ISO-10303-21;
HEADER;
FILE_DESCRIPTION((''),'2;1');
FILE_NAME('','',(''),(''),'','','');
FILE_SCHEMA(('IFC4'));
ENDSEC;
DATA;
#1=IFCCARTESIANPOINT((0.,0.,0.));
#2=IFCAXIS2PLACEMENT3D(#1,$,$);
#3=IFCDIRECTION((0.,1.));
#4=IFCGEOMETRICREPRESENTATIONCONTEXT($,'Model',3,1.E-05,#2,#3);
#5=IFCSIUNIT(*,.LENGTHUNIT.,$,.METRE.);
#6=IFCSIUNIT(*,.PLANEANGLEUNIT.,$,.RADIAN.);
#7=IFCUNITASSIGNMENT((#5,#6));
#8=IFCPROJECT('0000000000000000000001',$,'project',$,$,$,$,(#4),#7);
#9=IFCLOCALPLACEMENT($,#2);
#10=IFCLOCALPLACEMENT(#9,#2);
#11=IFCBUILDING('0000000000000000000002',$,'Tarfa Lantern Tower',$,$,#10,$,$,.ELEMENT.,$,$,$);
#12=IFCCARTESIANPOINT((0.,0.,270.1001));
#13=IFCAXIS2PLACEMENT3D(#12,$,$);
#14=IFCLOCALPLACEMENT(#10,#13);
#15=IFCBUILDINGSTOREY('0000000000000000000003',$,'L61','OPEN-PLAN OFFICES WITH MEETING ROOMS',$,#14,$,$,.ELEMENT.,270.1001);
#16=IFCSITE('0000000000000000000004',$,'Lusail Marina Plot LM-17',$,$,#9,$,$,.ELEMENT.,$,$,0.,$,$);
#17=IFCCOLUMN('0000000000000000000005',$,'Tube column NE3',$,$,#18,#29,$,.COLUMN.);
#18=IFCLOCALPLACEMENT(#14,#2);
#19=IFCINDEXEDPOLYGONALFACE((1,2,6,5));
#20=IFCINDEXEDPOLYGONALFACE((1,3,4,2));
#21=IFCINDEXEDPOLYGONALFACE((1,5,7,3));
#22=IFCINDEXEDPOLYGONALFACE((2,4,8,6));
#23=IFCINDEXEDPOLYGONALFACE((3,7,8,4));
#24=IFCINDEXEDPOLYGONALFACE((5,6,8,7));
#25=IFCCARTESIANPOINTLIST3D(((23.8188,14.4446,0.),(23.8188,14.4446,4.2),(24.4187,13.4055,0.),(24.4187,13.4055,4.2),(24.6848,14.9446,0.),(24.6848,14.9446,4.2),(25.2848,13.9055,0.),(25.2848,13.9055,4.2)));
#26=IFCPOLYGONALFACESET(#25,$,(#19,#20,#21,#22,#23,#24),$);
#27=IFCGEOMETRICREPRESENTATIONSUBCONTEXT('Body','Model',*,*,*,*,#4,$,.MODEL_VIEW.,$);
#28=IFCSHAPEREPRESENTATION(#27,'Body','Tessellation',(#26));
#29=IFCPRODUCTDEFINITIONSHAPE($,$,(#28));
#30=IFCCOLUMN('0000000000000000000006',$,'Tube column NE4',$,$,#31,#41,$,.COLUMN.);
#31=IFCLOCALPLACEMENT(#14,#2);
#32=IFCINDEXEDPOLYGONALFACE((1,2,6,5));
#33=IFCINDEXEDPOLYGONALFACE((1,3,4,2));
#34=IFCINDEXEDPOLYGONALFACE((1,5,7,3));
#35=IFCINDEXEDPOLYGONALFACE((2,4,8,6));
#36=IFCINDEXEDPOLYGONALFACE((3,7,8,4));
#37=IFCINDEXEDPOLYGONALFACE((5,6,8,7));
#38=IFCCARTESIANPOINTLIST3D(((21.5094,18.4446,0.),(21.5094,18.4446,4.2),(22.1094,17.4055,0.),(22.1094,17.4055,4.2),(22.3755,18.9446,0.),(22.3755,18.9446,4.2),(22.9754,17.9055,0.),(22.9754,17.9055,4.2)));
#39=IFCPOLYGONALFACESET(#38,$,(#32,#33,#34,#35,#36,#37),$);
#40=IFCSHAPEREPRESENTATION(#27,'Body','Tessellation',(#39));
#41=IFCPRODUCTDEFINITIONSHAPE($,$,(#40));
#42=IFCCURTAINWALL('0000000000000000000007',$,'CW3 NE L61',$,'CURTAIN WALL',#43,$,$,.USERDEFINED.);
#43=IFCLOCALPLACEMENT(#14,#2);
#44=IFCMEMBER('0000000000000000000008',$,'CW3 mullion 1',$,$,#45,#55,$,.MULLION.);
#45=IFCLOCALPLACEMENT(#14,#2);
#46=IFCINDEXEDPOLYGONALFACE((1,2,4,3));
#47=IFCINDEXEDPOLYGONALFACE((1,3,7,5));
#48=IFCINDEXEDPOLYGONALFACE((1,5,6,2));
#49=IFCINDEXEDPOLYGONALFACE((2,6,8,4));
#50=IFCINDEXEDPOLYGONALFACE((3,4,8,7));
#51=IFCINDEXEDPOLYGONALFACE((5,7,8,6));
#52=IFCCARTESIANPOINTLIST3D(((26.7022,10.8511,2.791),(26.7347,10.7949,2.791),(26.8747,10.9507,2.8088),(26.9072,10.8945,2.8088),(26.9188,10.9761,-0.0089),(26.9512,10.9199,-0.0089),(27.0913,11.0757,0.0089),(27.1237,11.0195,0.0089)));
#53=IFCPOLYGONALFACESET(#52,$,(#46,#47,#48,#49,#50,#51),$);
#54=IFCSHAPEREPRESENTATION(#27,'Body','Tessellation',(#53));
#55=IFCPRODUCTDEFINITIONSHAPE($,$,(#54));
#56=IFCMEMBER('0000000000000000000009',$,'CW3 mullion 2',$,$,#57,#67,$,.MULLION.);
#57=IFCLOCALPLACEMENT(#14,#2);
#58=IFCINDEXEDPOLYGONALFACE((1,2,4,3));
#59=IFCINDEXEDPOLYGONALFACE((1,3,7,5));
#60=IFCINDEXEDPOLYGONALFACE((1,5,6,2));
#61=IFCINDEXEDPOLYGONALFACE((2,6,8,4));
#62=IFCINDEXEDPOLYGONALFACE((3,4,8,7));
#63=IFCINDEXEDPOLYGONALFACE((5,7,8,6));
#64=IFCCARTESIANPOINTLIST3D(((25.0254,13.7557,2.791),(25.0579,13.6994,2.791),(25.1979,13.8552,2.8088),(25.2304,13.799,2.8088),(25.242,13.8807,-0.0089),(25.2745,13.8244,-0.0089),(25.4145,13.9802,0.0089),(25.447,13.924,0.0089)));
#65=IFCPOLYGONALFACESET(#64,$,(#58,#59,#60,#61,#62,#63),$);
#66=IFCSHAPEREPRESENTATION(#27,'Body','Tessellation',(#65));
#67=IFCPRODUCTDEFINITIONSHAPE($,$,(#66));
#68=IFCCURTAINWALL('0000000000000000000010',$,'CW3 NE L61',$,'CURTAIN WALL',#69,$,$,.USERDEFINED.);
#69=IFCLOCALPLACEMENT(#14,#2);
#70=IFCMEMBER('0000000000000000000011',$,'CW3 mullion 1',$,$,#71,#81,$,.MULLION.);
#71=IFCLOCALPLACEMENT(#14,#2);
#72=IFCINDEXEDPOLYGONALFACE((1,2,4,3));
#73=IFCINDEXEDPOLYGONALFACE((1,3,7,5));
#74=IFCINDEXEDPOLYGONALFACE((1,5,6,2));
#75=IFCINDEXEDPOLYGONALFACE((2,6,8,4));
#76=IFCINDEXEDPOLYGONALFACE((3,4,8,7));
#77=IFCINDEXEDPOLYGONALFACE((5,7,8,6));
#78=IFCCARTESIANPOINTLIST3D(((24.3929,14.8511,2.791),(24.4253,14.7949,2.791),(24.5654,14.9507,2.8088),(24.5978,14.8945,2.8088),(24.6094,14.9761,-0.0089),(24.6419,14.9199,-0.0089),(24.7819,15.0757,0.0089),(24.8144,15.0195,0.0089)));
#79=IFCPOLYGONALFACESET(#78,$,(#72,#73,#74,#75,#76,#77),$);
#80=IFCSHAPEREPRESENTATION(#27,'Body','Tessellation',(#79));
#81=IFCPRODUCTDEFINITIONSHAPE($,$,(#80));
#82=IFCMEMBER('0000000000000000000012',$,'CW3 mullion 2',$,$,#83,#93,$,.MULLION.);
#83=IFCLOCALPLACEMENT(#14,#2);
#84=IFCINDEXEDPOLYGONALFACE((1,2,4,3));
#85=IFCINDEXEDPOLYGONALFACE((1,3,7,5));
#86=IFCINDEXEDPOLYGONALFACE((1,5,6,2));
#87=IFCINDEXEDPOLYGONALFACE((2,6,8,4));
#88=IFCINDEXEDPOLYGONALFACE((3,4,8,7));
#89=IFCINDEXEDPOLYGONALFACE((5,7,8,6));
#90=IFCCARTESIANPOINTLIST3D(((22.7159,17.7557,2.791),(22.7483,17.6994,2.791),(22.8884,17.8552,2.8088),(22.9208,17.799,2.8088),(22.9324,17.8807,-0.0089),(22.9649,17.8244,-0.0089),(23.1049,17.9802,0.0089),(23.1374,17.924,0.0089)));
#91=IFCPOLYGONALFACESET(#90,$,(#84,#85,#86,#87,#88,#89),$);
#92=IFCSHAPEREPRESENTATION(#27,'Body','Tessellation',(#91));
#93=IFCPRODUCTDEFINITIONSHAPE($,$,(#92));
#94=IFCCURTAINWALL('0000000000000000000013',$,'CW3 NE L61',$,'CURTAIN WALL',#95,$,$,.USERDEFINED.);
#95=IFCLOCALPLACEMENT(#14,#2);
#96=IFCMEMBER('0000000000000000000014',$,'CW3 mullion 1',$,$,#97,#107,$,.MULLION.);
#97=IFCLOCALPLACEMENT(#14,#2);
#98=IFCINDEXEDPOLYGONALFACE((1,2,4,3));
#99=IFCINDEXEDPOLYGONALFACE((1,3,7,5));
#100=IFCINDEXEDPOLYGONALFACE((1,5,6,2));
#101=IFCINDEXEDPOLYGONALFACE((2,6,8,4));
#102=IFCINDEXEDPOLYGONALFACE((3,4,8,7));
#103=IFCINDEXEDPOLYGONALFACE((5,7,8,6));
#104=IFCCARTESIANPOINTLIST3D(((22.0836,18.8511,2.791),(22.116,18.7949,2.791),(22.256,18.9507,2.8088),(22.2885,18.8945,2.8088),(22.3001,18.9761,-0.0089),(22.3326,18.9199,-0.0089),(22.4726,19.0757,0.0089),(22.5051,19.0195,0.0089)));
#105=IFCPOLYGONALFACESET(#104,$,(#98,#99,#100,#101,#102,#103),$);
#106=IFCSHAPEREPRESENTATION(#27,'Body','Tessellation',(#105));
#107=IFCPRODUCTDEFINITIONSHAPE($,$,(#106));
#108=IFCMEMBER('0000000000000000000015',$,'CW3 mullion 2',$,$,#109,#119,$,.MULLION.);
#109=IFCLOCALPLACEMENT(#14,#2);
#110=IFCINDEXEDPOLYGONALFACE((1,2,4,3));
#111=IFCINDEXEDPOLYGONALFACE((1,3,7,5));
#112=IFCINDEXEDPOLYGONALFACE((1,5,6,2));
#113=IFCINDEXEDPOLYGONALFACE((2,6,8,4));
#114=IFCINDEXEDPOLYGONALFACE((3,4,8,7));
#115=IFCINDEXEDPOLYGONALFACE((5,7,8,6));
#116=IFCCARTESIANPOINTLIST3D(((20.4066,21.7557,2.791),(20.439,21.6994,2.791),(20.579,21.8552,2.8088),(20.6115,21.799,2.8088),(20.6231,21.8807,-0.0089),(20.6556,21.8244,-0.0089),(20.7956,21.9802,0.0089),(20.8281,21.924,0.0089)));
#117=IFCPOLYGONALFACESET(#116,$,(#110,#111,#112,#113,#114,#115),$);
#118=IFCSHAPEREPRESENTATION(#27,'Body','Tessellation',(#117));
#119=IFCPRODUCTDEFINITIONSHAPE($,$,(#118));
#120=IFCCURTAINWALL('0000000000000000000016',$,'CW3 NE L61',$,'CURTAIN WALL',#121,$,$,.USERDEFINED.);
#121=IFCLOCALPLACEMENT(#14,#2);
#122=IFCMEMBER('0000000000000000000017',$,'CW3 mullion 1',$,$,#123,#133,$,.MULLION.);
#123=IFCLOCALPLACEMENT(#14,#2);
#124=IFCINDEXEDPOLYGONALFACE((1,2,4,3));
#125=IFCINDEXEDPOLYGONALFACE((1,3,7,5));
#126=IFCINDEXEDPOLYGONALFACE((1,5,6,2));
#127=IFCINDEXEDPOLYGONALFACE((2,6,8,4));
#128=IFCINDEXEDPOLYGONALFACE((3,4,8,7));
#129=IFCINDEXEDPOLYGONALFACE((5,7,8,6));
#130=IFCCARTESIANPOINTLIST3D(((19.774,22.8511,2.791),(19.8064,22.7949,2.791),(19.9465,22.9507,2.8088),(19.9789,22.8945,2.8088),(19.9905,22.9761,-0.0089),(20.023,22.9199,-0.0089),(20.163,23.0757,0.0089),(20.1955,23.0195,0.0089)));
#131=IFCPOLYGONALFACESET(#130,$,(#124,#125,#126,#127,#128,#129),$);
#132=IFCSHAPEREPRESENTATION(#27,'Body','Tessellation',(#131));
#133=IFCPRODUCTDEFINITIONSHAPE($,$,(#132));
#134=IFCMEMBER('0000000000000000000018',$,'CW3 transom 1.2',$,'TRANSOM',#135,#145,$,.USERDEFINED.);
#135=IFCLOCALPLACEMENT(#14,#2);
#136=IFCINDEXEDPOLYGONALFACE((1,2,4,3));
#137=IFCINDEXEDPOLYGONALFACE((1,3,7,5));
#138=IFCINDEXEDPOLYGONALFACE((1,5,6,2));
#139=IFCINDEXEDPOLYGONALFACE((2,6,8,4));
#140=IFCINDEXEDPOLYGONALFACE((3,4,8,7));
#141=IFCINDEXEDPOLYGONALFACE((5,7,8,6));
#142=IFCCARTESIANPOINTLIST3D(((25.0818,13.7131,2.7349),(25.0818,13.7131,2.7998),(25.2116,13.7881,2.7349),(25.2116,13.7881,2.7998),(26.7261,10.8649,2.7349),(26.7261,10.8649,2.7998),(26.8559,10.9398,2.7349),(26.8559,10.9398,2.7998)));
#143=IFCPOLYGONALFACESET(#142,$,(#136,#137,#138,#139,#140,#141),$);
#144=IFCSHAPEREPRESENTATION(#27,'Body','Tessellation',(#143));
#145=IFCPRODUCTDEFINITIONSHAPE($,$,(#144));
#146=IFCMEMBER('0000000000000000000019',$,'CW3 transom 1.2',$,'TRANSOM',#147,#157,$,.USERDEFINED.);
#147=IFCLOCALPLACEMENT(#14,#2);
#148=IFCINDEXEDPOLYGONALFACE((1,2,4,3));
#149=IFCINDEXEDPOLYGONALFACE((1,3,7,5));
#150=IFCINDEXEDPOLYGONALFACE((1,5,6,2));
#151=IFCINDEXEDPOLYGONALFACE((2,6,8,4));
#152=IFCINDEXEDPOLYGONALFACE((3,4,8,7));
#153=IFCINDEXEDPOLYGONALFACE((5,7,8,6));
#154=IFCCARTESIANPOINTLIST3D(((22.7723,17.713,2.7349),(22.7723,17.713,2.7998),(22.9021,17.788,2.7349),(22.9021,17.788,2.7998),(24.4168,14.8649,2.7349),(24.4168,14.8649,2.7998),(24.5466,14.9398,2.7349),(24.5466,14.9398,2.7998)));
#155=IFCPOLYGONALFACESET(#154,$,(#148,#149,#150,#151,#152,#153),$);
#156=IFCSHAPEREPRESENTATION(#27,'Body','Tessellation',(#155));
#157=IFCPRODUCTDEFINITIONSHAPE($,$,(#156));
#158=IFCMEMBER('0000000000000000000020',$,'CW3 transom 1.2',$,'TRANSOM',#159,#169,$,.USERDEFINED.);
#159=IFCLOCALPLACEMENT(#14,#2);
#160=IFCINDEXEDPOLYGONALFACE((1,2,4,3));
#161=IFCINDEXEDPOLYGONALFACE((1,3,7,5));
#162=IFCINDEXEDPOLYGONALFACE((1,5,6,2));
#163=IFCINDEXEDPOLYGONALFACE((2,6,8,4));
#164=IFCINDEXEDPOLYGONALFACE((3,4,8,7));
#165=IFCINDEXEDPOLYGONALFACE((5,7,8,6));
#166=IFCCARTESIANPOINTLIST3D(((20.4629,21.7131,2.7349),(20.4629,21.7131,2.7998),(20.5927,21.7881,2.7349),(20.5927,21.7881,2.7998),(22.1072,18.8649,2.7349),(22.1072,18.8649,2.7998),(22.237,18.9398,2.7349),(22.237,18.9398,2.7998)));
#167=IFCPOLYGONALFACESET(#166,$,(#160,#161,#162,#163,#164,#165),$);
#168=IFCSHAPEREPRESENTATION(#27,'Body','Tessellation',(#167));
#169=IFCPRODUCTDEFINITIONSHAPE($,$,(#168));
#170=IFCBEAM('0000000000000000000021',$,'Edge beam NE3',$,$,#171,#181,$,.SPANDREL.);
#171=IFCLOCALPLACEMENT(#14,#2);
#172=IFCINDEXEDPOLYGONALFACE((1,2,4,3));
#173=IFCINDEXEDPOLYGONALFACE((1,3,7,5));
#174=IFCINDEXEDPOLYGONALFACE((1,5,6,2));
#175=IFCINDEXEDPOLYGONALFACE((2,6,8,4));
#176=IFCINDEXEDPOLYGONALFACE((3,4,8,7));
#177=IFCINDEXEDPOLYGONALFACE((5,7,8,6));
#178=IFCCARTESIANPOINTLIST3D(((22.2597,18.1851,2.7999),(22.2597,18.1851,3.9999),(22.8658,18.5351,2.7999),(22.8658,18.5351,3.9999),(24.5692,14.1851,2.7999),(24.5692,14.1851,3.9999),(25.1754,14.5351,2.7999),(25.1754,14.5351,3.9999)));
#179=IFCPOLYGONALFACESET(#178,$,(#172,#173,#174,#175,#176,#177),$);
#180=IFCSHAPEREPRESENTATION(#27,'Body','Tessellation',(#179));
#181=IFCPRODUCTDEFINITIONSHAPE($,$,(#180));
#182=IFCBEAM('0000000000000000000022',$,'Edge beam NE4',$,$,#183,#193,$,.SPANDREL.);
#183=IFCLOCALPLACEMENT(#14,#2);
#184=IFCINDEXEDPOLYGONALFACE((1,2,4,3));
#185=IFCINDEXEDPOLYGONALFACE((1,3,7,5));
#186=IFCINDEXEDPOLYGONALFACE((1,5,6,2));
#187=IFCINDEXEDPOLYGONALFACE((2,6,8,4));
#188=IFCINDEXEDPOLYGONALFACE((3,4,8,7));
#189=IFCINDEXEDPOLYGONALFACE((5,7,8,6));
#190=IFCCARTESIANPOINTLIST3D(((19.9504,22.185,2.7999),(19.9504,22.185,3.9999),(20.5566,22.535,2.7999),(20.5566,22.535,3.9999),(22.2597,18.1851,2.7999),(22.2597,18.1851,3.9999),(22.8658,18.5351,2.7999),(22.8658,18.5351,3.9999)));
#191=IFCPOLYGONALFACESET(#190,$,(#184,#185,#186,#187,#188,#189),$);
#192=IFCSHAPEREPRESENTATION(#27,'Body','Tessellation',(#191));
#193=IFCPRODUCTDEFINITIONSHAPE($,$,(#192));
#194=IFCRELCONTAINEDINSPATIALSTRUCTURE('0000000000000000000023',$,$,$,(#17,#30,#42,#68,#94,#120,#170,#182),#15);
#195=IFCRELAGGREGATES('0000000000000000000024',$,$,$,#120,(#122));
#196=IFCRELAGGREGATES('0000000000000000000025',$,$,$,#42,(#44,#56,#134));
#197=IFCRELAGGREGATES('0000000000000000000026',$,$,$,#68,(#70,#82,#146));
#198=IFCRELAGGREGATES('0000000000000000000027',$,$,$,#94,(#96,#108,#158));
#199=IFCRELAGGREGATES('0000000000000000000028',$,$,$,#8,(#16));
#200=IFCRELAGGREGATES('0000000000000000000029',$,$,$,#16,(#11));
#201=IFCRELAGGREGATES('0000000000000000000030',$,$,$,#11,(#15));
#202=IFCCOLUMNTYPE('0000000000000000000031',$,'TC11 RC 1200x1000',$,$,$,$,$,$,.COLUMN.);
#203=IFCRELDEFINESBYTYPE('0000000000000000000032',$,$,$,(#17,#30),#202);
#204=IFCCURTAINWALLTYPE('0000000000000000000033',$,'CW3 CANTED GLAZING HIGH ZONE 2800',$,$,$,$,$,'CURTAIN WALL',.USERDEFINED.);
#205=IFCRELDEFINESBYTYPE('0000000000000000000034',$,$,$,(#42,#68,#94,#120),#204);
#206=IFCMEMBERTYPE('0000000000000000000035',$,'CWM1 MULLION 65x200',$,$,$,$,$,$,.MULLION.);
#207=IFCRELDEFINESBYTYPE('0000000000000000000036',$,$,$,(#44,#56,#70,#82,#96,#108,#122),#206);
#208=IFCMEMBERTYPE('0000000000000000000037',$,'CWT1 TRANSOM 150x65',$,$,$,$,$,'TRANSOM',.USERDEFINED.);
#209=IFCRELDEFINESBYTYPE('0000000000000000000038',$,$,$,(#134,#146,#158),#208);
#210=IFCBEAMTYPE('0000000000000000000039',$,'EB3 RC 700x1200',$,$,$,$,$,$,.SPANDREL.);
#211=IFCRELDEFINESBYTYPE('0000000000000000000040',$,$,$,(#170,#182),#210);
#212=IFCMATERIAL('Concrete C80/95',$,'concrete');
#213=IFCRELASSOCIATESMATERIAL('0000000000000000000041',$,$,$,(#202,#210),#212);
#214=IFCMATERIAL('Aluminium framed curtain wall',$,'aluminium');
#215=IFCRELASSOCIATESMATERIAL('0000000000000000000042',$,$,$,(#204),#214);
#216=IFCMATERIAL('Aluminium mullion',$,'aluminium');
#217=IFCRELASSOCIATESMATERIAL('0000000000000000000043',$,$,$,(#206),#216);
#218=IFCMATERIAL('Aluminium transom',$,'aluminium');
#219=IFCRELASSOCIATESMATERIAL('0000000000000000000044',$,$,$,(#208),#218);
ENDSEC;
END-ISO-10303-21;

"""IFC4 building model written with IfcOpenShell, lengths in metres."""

from ifc_helpers import new_model, si_unit, direction, frame, origin, origin_2d, place, context, subcontext, project, spatial, rectangle, extrude, material, material_profile, profile_set, type_object, element, aggregate, save


model = new_model("IFC4")

# Units and contexts
model_context = context("Model", 3, precision=1e-05, world=origin(), true_north=direction((0.0, 1.0)))
body_context = subcontext(model_context, "Body", "Model", "MODEL_VIEW")
ifc_project = project(units=[si_unit("LENGTHUNIT", "METRE"), si_unit("PLANEANGLEUNIT", "RADIAN")], contexts=[model_context])

# Site, building, storey
site_placement = place(None, origin())
site = spatial("IfcSite", under=ifc_project, at=site_placement, Name="Lusail Marina Plot LM-17", CompositionType="ELEMENT", RefElevation=0.0)
building_placement = place(site_placement, origin())
building = spatial("IfcBuilding", under=site, at=building_placement, Name="Tarfa Lantern Tower", CompositionType="ELEMENT")
storey_placement = place(building_placement, frame((0.0, 0.0, 270.1001)))
storey = spatial("IfcBuildingStorey", under=building, at=storey_placement, Name="L61", Description="OPEN-PLAN OFFICES WITH MEETING ROOMS", CompositionType="ELEMENT", Elevation=270.1001)

# Columns
ifc_material_1 = material(Name="Concrete C80/95", Category="concrete")
ifc_material_profile_1 = material_profile(ifc_material_1, rectangle(XDim=1.2, YDim=1.0, at=origin_2d()), Name="RC 1200x1000")
ifc_profile_set_1 = profile_set([ifc_material_profile_1], Name="Concrete C80/95")
column_type = type_object("IfcColumnType", Name="TC11 RC 1200x1000", PredefinedType="COLUMN", material=ifc_profile_set_1)
for number, where, z_axis, x_axis, name in (
    (1, (24.5518, 14.175, 0.0), (0.0, 0.0, 1.0), (-0.5, 0.866025, 0.0), "Tube column NE3"),
    (2, (22.2424, 18.175, 0.0), (0.0, 0.0, 1.0), (-0.5, 0.866025, 0.0), "Tube column NE4"),
):
    element("IfcColumn", number, at=place(storey_placement, frame(where, z_axis=z_axis, x_axis=x_axis)), inside=storey, type_object=column_type, Name=name, PredefinedType="COLUMN", context=body_context, shape_type="SweptSolid", body=[
        extrude(rectangle(XDim=1.2, YDim=1.0, at=origin_2d()), origin(), (0.0, 0.0, 1.0), 4.2),
    ])

# Curtain walls, members
ifc_material_2 = material(Name="Aluminium framed curtain wall", Category="aluminium")
curtain_wall_type = type_object("IfcCurtainWallType", Name="CW3 CANTED GLAZING HIGH ZONE 2800", ElementType="CURTAIN WALL", PredefinedType="USERDEFINED", material=ifc_material_2)
curtain_wall_1_placement = place(storey_placement, origin())
curtain_wall_1 = element("IfcCurtainWall", 3, at=curtain_wall_1_placement, inside=storey, type_object=curtain_wall_type, Name="CW3 NE L61", ObjectType="CURTAIN WALL", PredefinedType="USERDEFINED")
ifc_material_3 = material(Name="Aluminium mullion", Category="aluminium")
ifc_material_profile_2 = material_profile(ifc_material_3, rectangle(XDim=0.0649, YDim=0.2, at=origin_2d()), Name="AL MULLION 65x200")
ifc_profile_set_2 = profile_set([ifc_material_profile_2], Name="Aluminium mullion")
member_type_1 = type_object("IfcMemberType", Name="CWM1 MULLION 65x200", PredefinedType="MULLION", material=ifc_profile_set_2)
member_1_placement = place(storey_placement, frame((27.0212, 10.9978, 0.0), z_axis=(-0.077039, -0.044469, 0.996036), x_axis=(0.49992, -0.866072, 0.0)))
member_1 = element("IfcMember", 4, at=member_1_placement, type_object=member_type_1, Name="CW3 mullion 1", PredefinedType="MULLION", context=body_context, shape_type="SweptSolid", body=[
    extrude(rectangle(XDim=0.0649, YDim=0.2, at=origin_2d()), origin(), (0.0, 0.0, 1.0), 2.811),
])
member_2_placement = place(storey_placement, frame((25.3445, 13.9023, 0.0), z_axis=(-0.077039, -0.044469, 0.996036), x_axis=(0.49992, -0.866072, 0.0)))
member_2 = element("IfcMember", 5, at=member_2_placement, type_object=member_type_1, Name="CW3 mullion 2", PredefinedType="MULLION", context=body_context, shape_type="SweptSolid", body=[
    extrude(rectangle(XDim=0.0649, YDim=0.2, at=origin_2d()), origin(), (0.0, 0.0, 1.0), 2.811),
])
curtain_wall_2_placement = place(storey_placement, origin())
curtain_wall_2 = element("IfcCurtainWall", 6, at=curtain_wall_2_placement, inside=storey, type_object=curtain_wall_type, Name="CW3 NE L61", ObjectType="CURTAIN WALL", PredefinedType="USERDEFINED")
member_3_placement = place(storey_placement, frame((24.7119, 14.9978, 0.0), z_axis=(-0.077039, -0.044469, 0.996036), x_axis=(0.49992, -0.866072, 0.0)))
member_3 = element("IfcMember", 7, at=member_3_placement, type_object=member_type_1, Name="CW3 mullion 1", PredefinedType="MULLION", context=body_context, shape_type="SweptSolid", body=[
    extrude(rectangle(XDim=0.0649, YDim=0.2, at=origin_2d()), origin(), (0.0, 0.0, 1.0), 2.811),
])
member_4_placement = place(storey_placement, frame((23.0349, 17.9023, 0.0), z_axis=(-0.077039, -0.044469, 0.996036), x_axis=(0.49992, -0.866072, 0.0)))
member_4 = element("IfcMember", 8, at=member_4_placement, type_object=member_type_1, Name="CW3 mullion 2", PredefinedType="MULLION", context=body_context, shape_type="SweptSolid", body=[
    extrude(rectangle(XDim=0.0649, YDim=0.2, at=origin_2d()), origin(), (0.0, 0.0, 1.0), 2.811),
])
curtain_wall_3_placement = place(storey_placement, origin())
curtain_wall_3 = element("IfcCurtainWall", 9, at=curtain_wall_3_placement, inside=storey, type_object=curtain_wall_type, Name="CW3 NE L61", ObjectType="CURTAIN WALL", PredefinedType="USERDEFINED")
member_5_placement = place(storey_placement, frame((22.4026, 18.9978, 0.0), z_axis=(-0.077039, -0.044469, 0.996036), x_axis=(0.49992, -0.866072, 0.0)))
member_5 = element("IfcMember", 10, at=member_5_placement, type_object=member_type_1, Name="CW3 mullion 1", PredefinedType="MULLION", context=body_context, shape_type="SweptSolid", body=[
    extrude(rectangle(XDim=0.0649, YDim=0.2, at=origin_2d()), origin(), (0.0, 0.0, 1.0), 2.811),
])
member_6_placement = place(storey_placement, frame((20.7256, 21.9023, 0.0), z_axis=(-0.077039, -0.044469, 0.996036), x_axis=(0.49992, -0.866072, 0.0)))
member_6 = element("IfcMember", 11, at=member_6_placement, type_object=member_type_1, Name="CW3 mullion 2", PredefinedType="MULLION", context=body_context, shape_type="SweptSolid", body=[
    extrude(rectangle(XDim=0.0649, YDim=0.2, at=origin_2d()), origin(), (0.0, 0.0, 1.0), 2.811),
])

# Curtain wall, member
curtain_wall_4_placement = place(storey_placement, origin())
curtain_wall_4 = element("IfcCurtainWall", 12, at=curtain_wall_4_placement, inside=storey, type_object=curtain_wall_type, Name="CW3 NE L61", ObjectType="CURTAIN WALL", PredefinedType="USERDEFINED")
member_7_placement = place(storey_placement, frame((20.093, 22.9978, 0.0), z_axis=(-0.077039, -0.044469, 0.996036), x_axis=(0.49992, -0.866072, 0.0)))
member_7 = element("IfcMember", 13, at=member_7_placement, type_object=member_type_1, Name="CW3 mullion 1", PredefinedType="MULLION", context=body_context, shape_type="SweptSolid", body=[
    extrude(rectangle(XDim=0.0649, YDim=0.2, at=origin_2d()), origin(), (0.0, 0.0, 1.0), 2.811),
])
aggregate(curtain_wall_4, [member_7])

# Members
ifc_material_4 = material(Name="Aluminium transom", Category="aluminium")
ifc_material_profile_3 = material_profile(ifc_material_4, rectangle(XDim=0.1499, YDim=0.0649, at=origin_2d()), Name="AL TRANSOM 150x65")
ifc_profile_set_3 = profile_set([ifc_material_profile_3], Name="Aluminium transom")
member_type_2 = type_object("IfcMemberType", Name="CWT1 TRANSOM 150x65", ElementType="TRANSOM", PredefinedType="USERDEFINED", material=ifc_profile_set_3)
member_8_placement = place(storey_placement, frame((26.791, 10.9023, 2.7673), z_axis=(-0.499979, 0.866037, 0.0), x_axis=(-0.866037, -0.499979, 0.0)))
member_8 = element("IfcMember", 14, at=member_8_placement, type_object=member_type_2, Name="CW3 transom 1.2", ObjectType="TRANSOM", PredefinedType="USERDEFINED", context=body_context, shape_type="SweptSolid", body=[
    extrude(rectangle(XDim=0.1499, YDim=0.0649, at=origin_2d()), origin(), (0.0, 0.0, 1.0), 3.2888),
])
member_9_placement = place(storey_placement, frame((24.4817, 14.9023, 2.7673), z_axis=(-0.500035, 0.866005, 0.0), x_axis=(-0.866005, -0.500035, 0.0)))
member_9 = element("IfcMember", 15, at=member_9_placement, type_object=member_type_2, Name="CW3 transom 1.2", ObjectType="TRANSOM", PredefinedType="USERDEFINED", context=body_context, shape_type="SweptSolid", body=[
    extrude(rectangle(XDim=0.1499, YDim=0.0649, at=origin_2d()), origin(), (0.0, 0.0, 1.0), 3.2888),
])
member_10_placement = place(storey_placement, frame((22.1721, 18.9023, 2.7673), z_axis=(-0.499979, 0.866037, 0.0), x_axis=(-0.866037, -0.499979, 0.0)))
member_10 = element("IfcMember", 16, at=member_10_placement, type_object=member_type_2, Name="CW3 transom 1.2", ObjectType="TRANSOM", PredefinedType="USERDEFINED", context=body_context, shape_type="SweptSolid", body=[
    extrude(rectangle(XDim=0.1499, YDim=0.0649, at=origin_2d()), origin(), (0.0, 0.0, 1.0), 3.2888),
])

# Beams
ifc_material_profile_4 = material_profile(ifc_material_1, rectangle(XDim=0.7, YDim=1.2, at=origin_2d()), Name="RC 700x1200")
ifc_profile_set_4 = profile_set([ifc_material_profile_4], Name="Concrete C80/95")
beam_type_1 = type_object("IfcBeamType", Name="EB3 RC 700x1200", PredefinedType="SPANDREL", material=ifc_profile_set_4)
beam_1_placement = place(storey_placement, frame((24.8723, 14.3601, 3.3999), z_axis=(-0.500027, 0.86601, 0.0), x_axis=(-0.86601, -0.500027, 0.0)))
element("IfcBeam", 17, at=beam_1_placement, inside=storey, type_object=beam_type_1, Name="Edge beam NE3", PredefinedType="SPANDREL", context=body_context, shape_type="SweptSolid", body=[
    extrude(rectangle(XDim=0.7, YDim=1.2, at=origin_2d()), origin(), (0.0, 0.0, 1.0), 4.6189),
])
for number, where, z_axis, x_axis, name in (
    (18, (22.5627, 18.3601, 3.3999), (-0.499988, 0.866032, 0.0), (-0.866032, -0.499988, 0.0), "Edge beam NE4"),
):
    element("IfcBeam", number, at=place(storey_placement, frame(where, z_axis=z_axis, x_axis=x_axis)), inside=storey, type_object=beam_type_1, Name=name, PredefinedType="SPANDREL", context=body_context, shape_type="SweptSolid", body=[
        extrude(rectangle(XDim=0.7, YDim=1.2, at=origin_2d()), origin(), (0.0, 0.0, 1.0), 4.6187),
    ])

aggregate(curtain_wall_1, [member_1, member_2, member_8])
aggregate(curtain_wall_2, [member_3, member_4, member_9])
aggregate(curtain_wall_3, [member_5, member_6, member_10])

save(model, "model.ifc")
